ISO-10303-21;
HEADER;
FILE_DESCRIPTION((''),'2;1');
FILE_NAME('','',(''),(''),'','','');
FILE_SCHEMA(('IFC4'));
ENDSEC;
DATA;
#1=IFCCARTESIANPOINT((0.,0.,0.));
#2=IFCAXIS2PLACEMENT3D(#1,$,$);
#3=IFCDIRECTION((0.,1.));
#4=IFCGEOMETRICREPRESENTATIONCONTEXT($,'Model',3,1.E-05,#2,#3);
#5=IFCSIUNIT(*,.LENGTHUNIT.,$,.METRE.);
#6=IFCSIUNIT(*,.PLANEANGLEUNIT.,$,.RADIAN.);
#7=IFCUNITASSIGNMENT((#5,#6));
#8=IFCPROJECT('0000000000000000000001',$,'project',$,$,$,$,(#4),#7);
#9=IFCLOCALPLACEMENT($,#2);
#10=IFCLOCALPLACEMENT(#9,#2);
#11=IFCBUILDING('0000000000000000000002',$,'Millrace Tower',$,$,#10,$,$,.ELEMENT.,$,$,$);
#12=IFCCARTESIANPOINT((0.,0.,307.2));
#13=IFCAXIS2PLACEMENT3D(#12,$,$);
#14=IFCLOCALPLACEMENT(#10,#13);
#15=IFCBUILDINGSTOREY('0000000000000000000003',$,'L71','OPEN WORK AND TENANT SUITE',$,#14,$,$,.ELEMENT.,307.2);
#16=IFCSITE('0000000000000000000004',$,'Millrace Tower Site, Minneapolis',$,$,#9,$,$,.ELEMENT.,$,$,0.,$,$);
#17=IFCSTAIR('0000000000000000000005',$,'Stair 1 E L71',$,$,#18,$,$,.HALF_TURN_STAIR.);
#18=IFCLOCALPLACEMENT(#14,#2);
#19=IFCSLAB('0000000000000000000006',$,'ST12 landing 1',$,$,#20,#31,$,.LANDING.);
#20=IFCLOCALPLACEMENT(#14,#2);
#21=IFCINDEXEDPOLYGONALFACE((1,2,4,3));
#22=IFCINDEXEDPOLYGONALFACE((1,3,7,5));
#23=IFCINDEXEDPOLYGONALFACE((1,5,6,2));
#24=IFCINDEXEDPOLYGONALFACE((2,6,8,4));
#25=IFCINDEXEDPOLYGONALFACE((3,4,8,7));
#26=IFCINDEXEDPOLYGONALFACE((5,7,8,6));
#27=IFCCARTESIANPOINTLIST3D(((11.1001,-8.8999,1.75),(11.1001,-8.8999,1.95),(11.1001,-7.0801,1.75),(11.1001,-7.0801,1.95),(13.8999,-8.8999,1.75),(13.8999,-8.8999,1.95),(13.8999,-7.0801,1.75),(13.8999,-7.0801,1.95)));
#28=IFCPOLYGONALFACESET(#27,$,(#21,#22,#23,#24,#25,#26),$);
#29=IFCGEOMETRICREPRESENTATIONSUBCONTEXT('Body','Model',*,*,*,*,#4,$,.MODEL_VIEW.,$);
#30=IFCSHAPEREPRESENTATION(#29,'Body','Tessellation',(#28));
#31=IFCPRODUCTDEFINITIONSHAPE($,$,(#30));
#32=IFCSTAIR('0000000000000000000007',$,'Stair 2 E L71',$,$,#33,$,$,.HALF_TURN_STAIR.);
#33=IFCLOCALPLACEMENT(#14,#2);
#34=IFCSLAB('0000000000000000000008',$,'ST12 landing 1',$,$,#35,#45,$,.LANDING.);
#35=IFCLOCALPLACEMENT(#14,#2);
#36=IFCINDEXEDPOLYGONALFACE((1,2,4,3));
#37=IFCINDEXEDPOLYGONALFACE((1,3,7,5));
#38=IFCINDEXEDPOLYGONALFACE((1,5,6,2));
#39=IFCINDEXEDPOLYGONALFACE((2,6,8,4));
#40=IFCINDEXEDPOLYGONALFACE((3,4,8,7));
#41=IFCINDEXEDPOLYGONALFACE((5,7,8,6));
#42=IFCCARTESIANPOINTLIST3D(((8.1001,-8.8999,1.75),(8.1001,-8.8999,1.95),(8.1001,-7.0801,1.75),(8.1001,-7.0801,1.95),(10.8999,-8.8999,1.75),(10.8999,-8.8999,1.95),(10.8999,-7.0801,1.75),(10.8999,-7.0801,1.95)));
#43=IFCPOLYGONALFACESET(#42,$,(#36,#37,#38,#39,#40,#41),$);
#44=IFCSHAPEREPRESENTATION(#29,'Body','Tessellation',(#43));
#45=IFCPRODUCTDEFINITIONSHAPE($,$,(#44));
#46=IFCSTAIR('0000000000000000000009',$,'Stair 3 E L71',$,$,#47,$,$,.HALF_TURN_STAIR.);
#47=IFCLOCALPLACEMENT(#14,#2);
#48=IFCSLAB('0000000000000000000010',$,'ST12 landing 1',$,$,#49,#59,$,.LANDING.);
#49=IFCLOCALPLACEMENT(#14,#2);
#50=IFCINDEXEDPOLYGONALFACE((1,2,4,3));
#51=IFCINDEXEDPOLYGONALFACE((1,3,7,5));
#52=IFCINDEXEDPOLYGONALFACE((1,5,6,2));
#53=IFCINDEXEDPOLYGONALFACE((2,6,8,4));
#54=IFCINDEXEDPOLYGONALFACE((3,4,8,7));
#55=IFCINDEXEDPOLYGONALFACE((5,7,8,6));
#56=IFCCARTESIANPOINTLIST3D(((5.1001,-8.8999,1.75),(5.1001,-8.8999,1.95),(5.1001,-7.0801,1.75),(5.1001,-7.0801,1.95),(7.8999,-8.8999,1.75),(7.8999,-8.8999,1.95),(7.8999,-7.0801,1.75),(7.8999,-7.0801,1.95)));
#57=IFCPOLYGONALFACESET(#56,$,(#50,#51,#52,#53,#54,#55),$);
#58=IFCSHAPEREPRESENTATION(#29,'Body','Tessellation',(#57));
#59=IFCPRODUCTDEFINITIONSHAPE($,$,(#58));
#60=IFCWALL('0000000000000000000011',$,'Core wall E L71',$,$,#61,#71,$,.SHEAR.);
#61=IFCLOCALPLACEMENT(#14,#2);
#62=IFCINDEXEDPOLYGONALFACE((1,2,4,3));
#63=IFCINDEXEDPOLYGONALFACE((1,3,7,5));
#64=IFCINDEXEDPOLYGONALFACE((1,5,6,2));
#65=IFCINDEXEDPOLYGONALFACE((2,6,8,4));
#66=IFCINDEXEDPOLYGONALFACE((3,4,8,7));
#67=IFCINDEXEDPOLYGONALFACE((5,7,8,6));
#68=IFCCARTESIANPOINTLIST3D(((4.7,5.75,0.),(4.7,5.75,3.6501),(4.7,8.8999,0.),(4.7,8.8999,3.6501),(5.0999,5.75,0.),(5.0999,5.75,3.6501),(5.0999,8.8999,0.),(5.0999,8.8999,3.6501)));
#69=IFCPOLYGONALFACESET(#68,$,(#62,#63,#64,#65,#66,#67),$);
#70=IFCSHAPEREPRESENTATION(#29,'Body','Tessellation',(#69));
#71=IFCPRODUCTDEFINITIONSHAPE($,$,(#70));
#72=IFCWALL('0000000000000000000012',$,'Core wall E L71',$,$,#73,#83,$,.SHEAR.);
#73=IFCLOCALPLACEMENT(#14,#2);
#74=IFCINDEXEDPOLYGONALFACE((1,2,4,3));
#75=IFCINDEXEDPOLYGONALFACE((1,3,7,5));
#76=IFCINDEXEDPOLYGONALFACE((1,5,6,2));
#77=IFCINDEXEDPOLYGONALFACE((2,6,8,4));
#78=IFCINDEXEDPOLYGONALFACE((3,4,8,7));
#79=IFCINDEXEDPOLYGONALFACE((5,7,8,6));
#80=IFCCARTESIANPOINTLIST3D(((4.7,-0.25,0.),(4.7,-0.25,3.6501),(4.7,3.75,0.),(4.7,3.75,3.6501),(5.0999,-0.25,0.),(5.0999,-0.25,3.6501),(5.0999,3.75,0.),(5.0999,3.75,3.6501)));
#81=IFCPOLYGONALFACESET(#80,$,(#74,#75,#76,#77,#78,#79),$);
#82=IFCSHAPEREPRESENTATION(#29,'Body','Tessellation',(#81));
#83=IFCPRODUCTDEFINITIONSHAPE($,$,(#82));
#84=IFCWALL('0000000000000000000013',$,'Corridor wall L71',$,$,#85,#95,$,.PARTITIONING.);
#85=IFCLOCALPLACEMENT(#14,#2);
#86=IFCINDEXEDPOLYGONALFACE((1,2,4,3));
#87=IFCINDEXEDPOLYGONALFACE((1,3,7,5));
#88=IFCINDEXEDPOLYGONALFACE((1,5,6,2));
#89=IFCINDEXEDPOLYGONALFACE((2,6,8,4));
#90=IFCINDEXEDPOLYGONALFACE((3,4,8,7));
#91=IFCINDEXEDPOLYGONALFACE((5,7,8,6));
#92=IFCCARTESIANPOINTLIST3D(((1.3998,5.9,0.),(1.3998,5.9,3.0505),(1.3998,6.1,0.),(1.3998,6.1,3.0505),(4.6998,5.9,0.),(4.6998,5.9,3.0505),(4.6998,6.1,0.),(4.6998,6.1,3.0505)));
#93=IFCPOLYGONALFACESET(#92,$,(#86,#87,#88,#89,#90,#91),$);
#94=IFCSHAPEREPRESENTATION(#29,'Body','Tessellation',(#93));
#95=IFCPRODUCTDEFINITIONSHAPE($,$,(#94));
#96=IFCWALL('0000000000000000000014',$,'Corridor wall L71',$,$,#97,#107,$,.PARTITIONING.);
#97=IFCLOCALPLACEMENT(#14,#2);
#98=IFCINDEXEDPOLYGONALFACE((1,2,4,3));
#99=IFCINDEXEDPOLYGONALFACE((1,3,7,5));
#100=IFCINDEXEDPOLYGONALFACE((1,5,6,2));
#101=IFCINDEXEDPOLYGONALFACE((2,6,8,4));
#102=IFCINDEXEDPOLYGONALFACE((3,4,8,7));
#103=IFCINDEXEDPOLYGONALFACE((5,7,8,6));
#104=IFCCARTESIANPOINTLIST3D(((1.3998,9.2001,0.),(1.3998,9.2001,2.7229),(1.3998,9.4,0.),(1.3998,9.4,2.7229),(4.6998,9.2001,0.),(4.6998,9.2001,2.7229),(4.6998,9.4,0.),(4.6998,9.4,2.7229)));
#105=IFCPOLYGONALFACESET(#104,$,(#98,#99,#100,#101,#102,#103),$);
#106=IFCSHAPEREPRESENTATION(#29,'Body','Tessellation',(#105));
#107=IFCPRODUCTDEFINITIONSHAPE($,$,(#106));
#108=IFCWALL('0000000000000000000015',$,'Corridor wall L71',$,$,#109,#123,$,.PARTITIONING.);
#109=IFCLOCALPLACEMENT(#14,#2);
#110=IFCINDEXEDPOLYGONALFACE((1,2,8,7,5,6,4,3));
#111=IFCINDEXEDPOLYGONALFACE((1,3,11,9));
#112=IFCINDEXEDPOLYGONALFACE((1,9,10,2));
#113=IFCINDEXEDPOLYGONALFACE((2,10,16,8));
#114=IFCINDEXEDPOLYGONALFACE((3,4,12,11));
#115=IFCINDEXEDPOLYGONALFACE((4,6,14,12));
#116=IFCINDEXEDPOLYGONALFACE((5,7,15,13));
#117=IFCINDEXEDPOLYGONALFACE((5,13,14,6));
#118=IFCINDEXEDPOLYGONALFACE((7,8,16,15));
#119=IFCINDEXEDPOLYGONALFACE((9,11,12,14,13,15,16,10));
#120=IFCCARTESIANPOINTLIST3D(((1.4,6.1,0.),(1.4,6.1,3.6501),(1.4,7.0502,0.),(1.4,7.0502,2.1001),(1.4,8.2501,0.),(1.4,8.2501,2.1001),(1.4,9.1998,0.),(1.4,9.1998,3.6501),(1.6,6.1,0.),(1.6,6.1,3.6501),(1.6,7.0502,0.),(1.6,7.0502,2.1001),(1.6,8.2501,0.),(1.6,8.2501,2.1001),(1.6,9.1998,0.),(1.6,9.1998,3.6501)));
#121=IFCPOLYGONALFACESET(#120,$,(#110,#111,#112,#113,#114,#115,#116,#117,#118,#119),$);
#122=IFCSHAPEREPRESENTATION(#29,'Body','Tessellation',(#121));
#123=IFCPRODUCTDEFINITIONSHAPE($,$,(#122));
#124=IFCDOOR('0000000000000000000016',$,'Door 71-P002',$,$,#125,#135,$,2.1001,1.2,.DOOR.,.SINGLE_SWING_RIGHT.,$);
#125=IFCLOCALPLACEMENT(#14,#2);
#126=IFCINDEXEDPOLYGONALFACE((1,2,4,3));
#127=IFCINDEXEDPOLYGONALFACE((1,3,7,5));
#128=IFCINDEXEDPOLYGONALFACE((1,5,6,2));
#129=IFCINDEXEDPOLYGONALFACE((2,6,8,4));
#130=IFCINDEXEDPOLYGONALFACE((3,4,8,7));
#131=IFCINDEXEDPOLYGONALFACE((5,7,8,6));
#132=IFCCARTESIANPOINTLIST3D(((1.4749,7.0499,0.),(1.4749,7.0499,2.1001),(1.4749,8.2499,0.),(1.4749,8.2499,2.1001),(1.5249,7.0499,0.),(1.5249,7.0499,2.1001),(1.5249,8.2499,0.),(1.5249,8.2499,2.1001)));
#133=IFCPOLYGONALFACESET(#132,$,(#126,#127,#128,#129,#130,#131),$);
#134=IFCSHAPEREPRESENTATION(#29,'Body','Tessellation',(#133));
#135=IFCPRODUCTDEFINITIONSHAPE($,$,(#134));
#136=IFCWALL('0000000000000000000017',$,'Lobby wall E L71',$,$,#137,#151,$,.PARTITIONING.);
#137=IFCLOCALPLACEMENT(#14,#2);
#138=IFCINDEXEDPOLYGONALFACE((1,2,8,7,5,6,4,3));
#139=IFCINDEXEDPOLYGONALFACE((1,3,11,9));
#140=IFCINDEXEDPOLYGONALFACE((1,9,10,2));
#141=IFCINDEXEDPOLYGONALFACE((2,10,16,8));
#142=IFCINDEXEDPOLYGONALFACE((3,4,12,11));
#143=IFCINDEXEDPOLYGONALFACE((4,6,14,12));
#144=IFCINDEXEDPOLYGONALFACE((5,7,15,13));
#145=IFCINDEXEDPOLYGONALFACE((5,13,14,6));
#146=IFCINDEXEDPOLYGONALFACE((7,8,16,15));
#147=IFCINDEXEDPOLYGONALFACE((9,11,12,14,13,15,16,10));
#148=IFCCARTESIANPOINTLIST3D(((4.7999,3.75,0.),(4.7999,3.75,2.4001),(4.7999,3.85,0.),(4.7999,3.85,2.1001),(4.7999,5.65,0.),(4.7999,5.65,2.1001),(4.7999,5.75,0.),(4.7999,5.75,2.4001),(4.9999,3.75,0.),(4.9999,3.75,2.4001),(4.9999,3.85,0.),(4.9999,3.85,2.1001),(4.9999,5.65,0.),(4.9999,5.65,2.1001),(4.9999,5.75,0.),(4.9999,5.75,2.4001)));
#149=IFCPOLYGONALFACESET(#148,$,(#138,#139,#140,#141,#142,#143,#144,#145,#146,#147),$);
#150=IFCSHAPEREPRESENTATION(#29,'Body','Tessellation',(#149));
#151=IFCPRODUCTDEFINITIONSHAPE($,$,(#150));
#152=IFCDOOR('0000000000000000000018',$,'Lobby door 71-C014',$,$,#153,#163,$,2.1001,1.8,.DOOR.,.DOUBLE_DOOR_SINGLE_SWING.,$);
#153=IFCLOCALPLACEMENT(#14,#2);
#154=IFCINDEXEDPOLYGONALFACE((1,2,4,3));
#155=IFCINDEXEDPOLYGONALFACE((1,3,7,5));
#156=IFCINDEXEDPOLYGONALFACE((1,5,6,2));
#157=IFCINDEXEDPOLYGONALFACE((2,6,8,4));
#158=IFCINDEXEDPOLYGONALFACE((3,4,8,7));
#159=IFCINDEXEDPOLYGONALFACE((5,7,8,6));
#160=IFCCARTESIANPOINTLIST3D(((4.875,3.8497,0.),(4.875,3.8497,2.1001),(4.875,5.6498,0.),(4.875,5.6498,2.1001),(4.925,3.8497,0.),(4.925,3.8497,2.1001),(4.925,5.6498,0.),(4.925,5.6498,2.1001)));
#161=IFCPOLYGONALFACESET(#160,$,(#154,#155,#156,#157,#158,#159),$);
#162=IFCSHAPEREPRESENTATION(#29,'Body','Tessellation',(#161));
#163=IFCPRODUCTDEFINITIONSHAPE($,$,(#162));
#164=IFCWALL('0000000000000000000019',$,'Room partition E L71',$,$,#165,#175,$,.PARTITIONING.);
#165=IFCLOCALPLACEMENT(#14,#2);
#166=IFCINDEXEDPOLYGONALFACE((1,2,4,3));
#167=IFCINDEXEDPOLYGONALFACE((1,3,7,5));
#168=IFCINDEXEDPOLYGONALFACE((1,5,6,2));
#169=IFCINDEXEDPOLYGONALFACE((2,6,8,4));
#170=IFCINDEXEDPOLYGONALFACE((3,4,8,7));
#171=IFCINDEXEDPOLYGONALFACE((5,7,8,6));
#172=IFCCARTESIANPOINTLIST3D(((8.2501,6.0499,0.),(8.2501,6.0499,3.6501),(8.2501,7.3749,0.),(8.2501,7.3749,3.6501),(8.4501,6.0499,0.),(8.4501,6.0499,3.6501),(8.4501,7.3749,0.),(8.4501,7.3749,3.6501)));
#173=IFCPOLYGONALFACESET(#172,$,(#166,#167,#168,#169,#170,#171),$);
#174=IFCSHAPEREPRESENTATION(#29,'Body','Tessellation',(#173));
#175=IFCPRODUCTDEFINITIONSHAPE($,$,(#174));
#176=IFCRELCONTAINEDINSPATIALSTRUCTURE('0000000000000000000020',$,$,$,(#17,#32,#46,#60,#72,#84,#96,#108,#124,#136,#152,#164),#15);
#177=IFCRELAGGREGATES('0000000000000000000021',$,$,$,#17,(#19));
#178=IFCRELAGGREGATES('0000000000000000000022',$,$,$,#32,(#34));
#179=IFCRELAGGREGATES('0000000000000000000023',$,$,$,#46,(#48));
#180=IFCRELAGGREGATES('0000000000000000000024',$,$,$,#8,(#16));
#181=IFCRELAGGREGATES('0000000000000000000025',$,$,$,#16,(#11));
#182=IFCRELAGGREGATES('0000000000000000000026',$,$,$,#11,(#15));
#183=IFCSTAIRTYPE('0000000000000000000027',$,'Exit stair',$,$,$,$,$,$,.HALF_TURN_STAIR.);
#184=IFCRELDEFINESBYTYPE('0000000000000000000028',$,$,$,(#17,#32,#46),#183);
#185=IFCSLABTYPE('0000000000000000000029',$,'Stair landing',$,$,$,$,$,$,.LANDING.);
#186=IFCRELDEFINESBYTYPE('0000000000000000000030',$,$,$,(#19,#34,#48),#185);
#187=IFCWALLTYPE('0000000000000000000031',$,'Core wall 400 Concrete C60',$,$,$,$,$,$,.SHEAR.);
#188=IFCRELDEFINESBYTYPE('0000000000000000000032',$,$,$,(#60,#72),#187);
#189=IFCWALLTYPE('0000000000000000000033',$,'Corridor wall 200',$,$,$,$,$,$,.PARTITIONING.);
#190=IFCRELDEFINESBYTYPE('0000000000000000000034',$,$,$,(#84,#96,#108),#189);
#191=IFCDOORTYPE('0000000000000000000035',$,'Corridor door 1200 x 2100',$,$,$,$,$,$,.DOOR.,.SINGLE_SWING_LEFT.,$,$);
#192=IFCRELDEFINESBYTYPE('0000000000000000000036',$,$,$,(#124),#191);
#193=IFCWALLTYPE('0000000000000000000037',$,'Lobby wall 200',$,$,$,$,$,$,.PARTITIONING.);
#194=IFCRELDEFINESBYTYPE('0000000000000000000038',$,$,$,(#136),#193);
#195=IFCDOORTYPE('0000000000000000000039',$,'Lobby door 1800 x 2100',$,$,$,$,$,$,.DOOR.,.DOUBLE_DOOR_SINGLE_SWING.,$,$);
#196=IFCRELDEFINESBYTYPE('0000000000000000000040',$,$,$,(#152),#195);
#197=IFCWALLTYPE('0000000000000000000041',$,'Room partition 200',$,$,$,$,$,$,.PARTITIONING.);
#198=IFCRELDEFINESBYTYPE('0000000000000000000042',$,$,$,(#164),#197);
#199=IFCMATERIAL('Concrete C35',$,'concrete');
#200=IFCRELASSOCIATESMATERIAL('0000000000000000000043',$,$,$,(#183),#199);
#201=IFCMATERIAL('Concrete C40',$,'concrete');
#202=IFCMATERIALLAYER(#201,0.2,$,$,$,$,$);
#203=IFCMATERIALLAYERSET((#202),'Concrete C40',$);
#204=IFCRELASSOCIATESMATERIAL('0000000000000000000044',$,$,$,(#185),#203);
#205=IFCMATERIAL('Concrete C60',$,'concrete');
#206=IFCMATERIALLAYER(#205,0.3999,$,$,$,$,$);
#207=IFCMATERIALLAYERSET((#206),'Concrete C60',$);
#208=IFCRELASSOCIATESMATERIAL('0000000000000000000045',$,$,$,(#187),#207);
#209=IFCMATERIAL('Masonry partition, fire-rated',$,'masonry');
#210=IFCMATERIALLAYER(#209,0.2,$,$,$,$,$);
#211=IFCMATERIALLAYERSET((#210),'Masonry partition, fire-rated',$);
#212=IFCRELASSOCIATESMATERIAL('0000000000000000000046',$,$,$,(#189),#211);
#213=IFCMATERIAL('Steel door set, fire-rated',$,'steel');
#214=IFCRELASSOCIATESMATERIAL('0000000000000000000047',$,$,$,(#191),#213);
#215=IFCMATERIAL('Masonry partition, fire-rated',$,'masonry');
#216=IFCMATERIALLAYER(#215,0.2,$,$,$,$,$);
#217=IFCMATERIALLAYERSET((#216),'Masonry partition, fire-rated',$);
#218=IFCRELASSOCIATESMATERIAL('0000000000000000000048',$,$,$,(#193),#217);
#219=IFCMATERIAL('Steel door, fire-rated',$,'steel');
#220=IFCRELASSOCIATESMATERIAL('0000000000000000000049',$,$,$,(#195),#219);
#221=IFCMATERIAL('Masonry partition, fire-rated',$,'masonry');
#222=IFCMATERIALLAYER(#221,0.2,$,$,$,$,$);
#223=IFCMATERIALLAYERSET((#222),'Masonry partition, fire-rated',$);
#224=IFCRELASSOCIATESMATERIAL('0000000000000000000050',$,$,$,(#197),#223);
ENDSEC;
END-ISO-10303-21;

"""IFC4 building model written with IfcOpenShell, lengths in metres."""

from ifc_helpers import new_model, si_unit, direction, frame, frame_2d, origin, place, context, subcontext, project, spatial, polyline, rectangle, outline, extrude, material, layer, layer_set, type_object, element, fill, aggregate, save


model = new_model("IFC4")

# Units and contexts
model_context = context("Model", 3, precision=1e-05, world=origin(), true_north=direction((0.0, 1.0)))
body_context = subcontext(model_context, "Body", "Model", "MODEL_VIEW")
ifc_project = project(units=[si_unit("LENGTHUNIT", "METRE"), si_unit("PLANEANGLEUNIT", "RADIAN")], contexts=[model_context])

# Site, building, storey
site_placement = place(None, origin())
site = spatial("IfcSite", under=ifc_project, at=site_placement, Name="Millrace Tower Site, Minneapolis", CompositionType="ELEMENT", RefElevation=0.0)
building_placement = place(site_placement, origin())
building = spatial("IfcBuilding", under=site, at=building_placement, Name="Millrace Tower", CompositionType="ELEMENT")
storey_placement = place(building_placement, frame((0.0, 0.0, 307.2)))
storey = spatial("IfcBuildingStorey", under=building, at=storey_placement, Name="L71", Description="OPEN WORK AND TENANT SUITE", CompositionType="ELEMENT", Elevation=307.2)

# Shared definitions
placement_1 = place(storey_placement, origin())

# Stairs, slabs
ifc_material_1 = material(Name="Concrete C35", Category="concrete")
stair_type = type_object("IfcStairType", Name="Exit stair", PredefinedType="HALF_TURN_STAIR", material=ifc_material_1)
ifc_material_2 = material(Name="Concrete C40", Category="concrete")
ifc_layer_1 = layer(ifc_material_2, 0.2)
ifc_layer_set_1 = layer_set([ifc_layer_1], Name="Concrete C40")
slab_type = type_object("IfcSlabType", Name="Stair landing", PredefinedType="LANDING", material=ifc_layer_set_1)
placement_2 = place(storey_placement, frame((0.0, 0.0, 1.75)))
stair_1 = element("IfcStair", 1, at=placement_1, inside=storey, type_object=stair_type, Name="Stair 1 E L71", PredefinedType="HALF_TURN_STAIR")
slab_1 = element("IfcSlab", 2, at=placement_2, type_object=slab_type, Name="ST12 landing 1", PredefinedType="LANDING", context=body_context, shape_type="SweptSolid", body=[
    extrude(outline(polyline([(11.1001, -8.8999), (13.8999, -8.8999), (13.8999, -7.0801), (11.1001, -7.0801), (11.1001, -8.8999)])), origin(), (0.0, 0.0, 1.0), 0.2),
])
aggregate(stair_1, [slab_1])
stair_2 = element("IfcStair", 3, at=placement_1, inside=storey, type_object=stair_type, Name="Stair 2 E L71", PredefinedType="HALF_TURN_STAIR")
slab_2 = element("IfcSlab", 4, at=placement_2, type_object=slab_type, Name="ST12 landing 1", PredefinedType="LANDING", context=body_context, shape_type="SweptSolid", body=[
    extrude(outline(polyline([(8.1001, -8.8999), (10.8999, -8.8999), (10.8999, -7.0801), (8.1001, -7.0801), (8.1001, -8.8999)])), origin(), (0.0, 0.0, 1.0), 0.2),
])
aggregate(stair_2, [slab_2])
stair_3 = element("IfcStair", 5, at=placement_1, inside=storey, type_object=stair_type, Name="Stair 3 E L71", PredefinedType="HALF_TURN_STAIR")
slab_3 = element("IfcSlab", 6, at=placement_2, type_object=slab_type, Name="ST12 landing 1", PredefinedType="LANDING", context=body_context, shape_type="SweptSolid", body=[
    extrude(outline(polyline([(5.1001, -8.8999), (7.8999, -8.8999), (7.8999, -7.0801), (5.1001, -7.0801), (5.1001, -8.8999)])), origin(), (0.0, 0.0, 1.0), 0.2),
])
aggregate(stair_3, [slab_3])

# Walls
ifc_material_3 = material(Name="Concrete C60", Category="concrete")
ifc_layer_2 = layer(ifc_material_3, 0.3999)
ifc_layer_set_2 = layer_set([ifc_layer_2], Name="Concrete C60")
wall_type_1 = type_object("IfcWallType", Name="Core wall 400 Concrete C60", PredefinedType="SHEAR", material=ifc_layer_set_2)
wall_1_placement = place(storey_placement, frame((4.8999, 8.8999, 0.0), z_axis=(0.0, 0.0, 1.0), x_axis=(0.0, -1.0, 0.0)))
element("IfcWall", 7, at=wall_1_placement, inside=storey, type_object=wall_type_1, Name="Core wall E L71", PredefinedType="SHEAR", context=body_context, shape_type="SweptSolid", body=[
    extrude(rectangle(XDim=3.1499, YDim=0.3999, at=frame_2d((1.575, 0.0))), origin(), (0.0, 0.0, 1.0), 3.6501),
])
wall_2_placement = place(storey_placement, frame((4.8999, 3.75, 0.0), z_axis=(0.0, 0.0, 1.0), x_axis=(0.0, -1.0, 0.0)))
element("IfcWall", 8, at=wall_2_placement, inside=storey, type_object=wall_type_1, Name="Core wall E L71", PredefinedType="SHEAR", context=body_context, shape_type="SweptSolid", body=[
    extrude(rectangle(XDim=4.0, YDim=0.3999, at=frame_2d((2.0, 0.0))), origin(), (0.0, 0.0, 1.0), 3.6501),
])
ifc_material_4 = material(Name="Masonry partition, fire-rated", Category="masonry")
ifc_layer_3 = layer(ifc_material_4, 0.2)
ifc_layer_set_3 = layer_set([ifc_layer_3], Name="Masonry partition, fire-rated")
wall_type_2 = type_object("IfcWallType", Name="Corridor wall 200", PredefinedType="PARTITIONING", material=ifc_layer_set_3)
wall_3_placement = place(storey_placement, frame((1.3999, 6.0, 0.0), z_axis=(0.0, 0.0, 1.0), x_axis=(1.0, 0.0, 0.0)))
element("IfcWall", 9, at=wall_3_placement, inside=storey, type_object=wall_type_2, Name="Corridor wall L71", PredefinedType="PARTITIONING", context=body_context, shape_type="SweptSolid", body=[
    extrude(rectangle(XDim=3.3, YDim=0.2, at=frame_2d((1.6499, 0.0))), origin(), (0.0, 0.0, 1.0), 3.0505),
])
wall_4_placement = place(storey_placement, frame((1.3999, 9.3, 0.0), z_axis=(0.0, 0.0, 1.0), x_axis=(1.0, 0.0, 0.0)))
element("IfcWall", 10, at=wall_4_placement, inside=storey, type_object=wall_type_2, Name="Corridor wall L71", PredefinedType="PARTITIONING", context=body_context, shape_type="SweptSolid", body=[
    extrude(rectangle(XDim=3.3, YDim=0.2, at=frame_2d((1.6499, 0.0))), origin(), (0.0, 0.0, 1.0), 2.7229),
])

# Walls, openings, doors
wall_5_placement = place(storey_placement, frame((1.5, 6.1001, 0.0), z_axis=(0.0, 0.0, 1.0), x_axis=(0.0, 1.0, 0.0)))
wall_5 = element("IfcWall", 11, at=wall_5_placement, inside=storey, type_object=wall_type_2, Name="Corridor wall L71", PredefinedType="PARTITIONING", context=body_context, shape_type="SweptSolid", body=[
    extrude(rectangle(XDim=3.0999, YDim=0.2, at=frame_2d((1.5498, 0.0))), origin(), (0.0, 0.0, 1.0), 3.6501),
])
opening_1_placement = place(wall_5_placement, frame((0.95, 0.0, 0.0)))
opening_1 = element("IfcOpeningElement", 12, at=opening_1_placement, cuts=wall_5, PredefinedType="OPENING", context=body_context, shape_type="SweptSolid", body=[
    extrude(rectangle(XDim=1.2, YDim=2.1001, at=frame_2d((0.6001, 1.05))), frame((0.0, 0.1099, 0.0), z_axis=(0.0, -1.0, 0.0), x_axis=(1.0, 0.0, 0.0)), (0.0, 0.0, 1.0), 0.22),
])
ifc_material_5 = material(Name="Steel door set, fire-rated", Category="steel")
door_type_1 = type_object("IfcDoorType", Name="Corridor door 1200 x 2100", OperationType="SINGLE_SWING_LEFT", PredefinedType="DOOR", material=ifc_material_5)
door_1_placement = place(opening_1_placement, frame((1.2, 0.0, 0.0), z_axis=(0.0, 0.0, 1.0), x_axis=(-1.0, 0.0, 0.0)))
door_1 = element("IfcDoor", 13, at=door_1_placement, inside=storey, type_object=door_type_1, Name="Door 71-P002", OperationType="SINGLE_SWING_RIGHT", OverallHeight=2.1001, OverallWidth=1.2, PredefinedType="DOOR", context=body_context, shape_type="SweptSolid", body=[
    extrude(rectangle(XDim=1.2, YDim=2.1001, at=frame_2d((0.6001, 1.05))), frame((0.0, 0.0249, 0.0), z_axis=(0.0, -1.0, 0.0), x_axis=(1.0, 0.0, 0.0)), (0.0, 0.0, 1.0), 0.05),
])
fill(opening_1, door_1)
ifc_material_6 = material(Name="Masonry partition, fire-rated", Category="masonry")
ifc_layer_4 = layer(ifc_material_6, 0.2)
ifc_layer_set_4 = layer_set([ifc_layer_4], Name="Masonry partition, fire-rated")
wall_type_3 = type_object("IfcWallType", Name="Lobby wall 200", PredefinedType="PARTITIONING", material=ifc_layer_set_4)
wall_6_placement = place(storey_placement, frame((4.8999, 5.75, 0.0), z_axis=(0.0, 0.0, 1.0), x_axis=(0.0, -1.0, 0.0)))
wall_6 = element("IfcWall", 14, at=wall_6_placement, inside=storey, type_object=wall_type_3, Name="Lobby wall E L71", PredefinedType="PARTITIONING", context=body_context, shape_type="SweptSolid", body=[
    extrude(rectangle(XDim=2.0, YDim=0.2, at=frame_2d((1.0, 0.0))), origin(), (0.0, 0.0, 1.0), 2.4001),
])
opening_2_placement = place(wall_6_placement, frame((0.1001, 0.0, 0.0)))
opening_2 = element("IfcOpeningElement", 15, at=opening_2_placement, cuts=wall_6, PredefinedType="OPENING", context=body_context, shape_type="SweptSolid", body=[
    extrude(rectangle(XDim=1.8, YDim=2.1001, at=frame_2d((0.8999, 1.05))), frame((0.0, 0.1099, 0.0), z_axis=(0.0, -1.0, 0.0), x_axis=(1.0, 0.0, 0.0)), (0.0, 0.0, 1.0), 0.22),
])
ifc_material_7 = material(Name="Steel door, fire-rated", Category="steel")
door_type_2 = type_object("IfcDoorType", Name="Lobby door 1800 x 2100", OperationType="DOUBLE_DOOR_SINGLE_SWING", PredefinedType="DOOR", material=ifc_material_7)
door_2_placement = place(opening_2_placement, frame((1.8, 0.0, 0.0), z_axis=(0.0, 0.0, 1.0), x_axis=(-1.0, 0.0, 0.0)))
door_2 = element("IfcDoor", 16, at=door_2_placement, inside=storey, type_object=door_type_2, Name="Lobby door 71-C014", OperationType="DOUBLE_DOOR_SINGLE_SWING", OverallHeight=2.1001, OverallWidth=1.8, PredefinedType="DOOR", context=body_context, shape_type="SweptSolid", body=[
    extrude(rectangle(XDim=1.8, YDim=2.1001, at=frame_2d((0.8999, 1.05))), frame((0.0, 0.0249, 0.0), z_axis=(0.0, -1.0, 0.0), x_axis=(1.0, 0.0, 0.0)), (0.0, 0.0, 1.0), 0.05),
])
fill(opening_2, door_2)

# Wall
ifc_material_8 = material(Name="Masonry partition, fire-rated", Category="masonry")
ifc_layer_5 = layer(ifc_material_8, 0.2)
ifc_layer_set_5 = layer_set([ifc_layer_5], Name="Masonry partition, fire-rated")
wall_type_4 = type_object("IfcWallType", Name="Room partition 200", PredefinedType="PARTITIONING", material=ifc_layer_set_5)
wall_7_placement = place(storey_placement, frame((8.3501, 7.375, 0.0), z_axis=(0.0, 0.0, 1.0), x_axis=(0.0, -1.0, 0.0)))
element("IfcWall", 17, at=wall_7_placement, inside=storey, type_object=wall_type_4, Name="Room partition E L71", PredefinedType="PARTITIONING", context=body_context, shape_type="SweptSolid", body=[
    extrude(rectangle(XDim=1.325, YDim=0.2, at=frame_2d((0.6626, 0.0))), origin(), (0.0, 0.0, 1.0), 3.6501),
])

save(model, "model.ifc")
